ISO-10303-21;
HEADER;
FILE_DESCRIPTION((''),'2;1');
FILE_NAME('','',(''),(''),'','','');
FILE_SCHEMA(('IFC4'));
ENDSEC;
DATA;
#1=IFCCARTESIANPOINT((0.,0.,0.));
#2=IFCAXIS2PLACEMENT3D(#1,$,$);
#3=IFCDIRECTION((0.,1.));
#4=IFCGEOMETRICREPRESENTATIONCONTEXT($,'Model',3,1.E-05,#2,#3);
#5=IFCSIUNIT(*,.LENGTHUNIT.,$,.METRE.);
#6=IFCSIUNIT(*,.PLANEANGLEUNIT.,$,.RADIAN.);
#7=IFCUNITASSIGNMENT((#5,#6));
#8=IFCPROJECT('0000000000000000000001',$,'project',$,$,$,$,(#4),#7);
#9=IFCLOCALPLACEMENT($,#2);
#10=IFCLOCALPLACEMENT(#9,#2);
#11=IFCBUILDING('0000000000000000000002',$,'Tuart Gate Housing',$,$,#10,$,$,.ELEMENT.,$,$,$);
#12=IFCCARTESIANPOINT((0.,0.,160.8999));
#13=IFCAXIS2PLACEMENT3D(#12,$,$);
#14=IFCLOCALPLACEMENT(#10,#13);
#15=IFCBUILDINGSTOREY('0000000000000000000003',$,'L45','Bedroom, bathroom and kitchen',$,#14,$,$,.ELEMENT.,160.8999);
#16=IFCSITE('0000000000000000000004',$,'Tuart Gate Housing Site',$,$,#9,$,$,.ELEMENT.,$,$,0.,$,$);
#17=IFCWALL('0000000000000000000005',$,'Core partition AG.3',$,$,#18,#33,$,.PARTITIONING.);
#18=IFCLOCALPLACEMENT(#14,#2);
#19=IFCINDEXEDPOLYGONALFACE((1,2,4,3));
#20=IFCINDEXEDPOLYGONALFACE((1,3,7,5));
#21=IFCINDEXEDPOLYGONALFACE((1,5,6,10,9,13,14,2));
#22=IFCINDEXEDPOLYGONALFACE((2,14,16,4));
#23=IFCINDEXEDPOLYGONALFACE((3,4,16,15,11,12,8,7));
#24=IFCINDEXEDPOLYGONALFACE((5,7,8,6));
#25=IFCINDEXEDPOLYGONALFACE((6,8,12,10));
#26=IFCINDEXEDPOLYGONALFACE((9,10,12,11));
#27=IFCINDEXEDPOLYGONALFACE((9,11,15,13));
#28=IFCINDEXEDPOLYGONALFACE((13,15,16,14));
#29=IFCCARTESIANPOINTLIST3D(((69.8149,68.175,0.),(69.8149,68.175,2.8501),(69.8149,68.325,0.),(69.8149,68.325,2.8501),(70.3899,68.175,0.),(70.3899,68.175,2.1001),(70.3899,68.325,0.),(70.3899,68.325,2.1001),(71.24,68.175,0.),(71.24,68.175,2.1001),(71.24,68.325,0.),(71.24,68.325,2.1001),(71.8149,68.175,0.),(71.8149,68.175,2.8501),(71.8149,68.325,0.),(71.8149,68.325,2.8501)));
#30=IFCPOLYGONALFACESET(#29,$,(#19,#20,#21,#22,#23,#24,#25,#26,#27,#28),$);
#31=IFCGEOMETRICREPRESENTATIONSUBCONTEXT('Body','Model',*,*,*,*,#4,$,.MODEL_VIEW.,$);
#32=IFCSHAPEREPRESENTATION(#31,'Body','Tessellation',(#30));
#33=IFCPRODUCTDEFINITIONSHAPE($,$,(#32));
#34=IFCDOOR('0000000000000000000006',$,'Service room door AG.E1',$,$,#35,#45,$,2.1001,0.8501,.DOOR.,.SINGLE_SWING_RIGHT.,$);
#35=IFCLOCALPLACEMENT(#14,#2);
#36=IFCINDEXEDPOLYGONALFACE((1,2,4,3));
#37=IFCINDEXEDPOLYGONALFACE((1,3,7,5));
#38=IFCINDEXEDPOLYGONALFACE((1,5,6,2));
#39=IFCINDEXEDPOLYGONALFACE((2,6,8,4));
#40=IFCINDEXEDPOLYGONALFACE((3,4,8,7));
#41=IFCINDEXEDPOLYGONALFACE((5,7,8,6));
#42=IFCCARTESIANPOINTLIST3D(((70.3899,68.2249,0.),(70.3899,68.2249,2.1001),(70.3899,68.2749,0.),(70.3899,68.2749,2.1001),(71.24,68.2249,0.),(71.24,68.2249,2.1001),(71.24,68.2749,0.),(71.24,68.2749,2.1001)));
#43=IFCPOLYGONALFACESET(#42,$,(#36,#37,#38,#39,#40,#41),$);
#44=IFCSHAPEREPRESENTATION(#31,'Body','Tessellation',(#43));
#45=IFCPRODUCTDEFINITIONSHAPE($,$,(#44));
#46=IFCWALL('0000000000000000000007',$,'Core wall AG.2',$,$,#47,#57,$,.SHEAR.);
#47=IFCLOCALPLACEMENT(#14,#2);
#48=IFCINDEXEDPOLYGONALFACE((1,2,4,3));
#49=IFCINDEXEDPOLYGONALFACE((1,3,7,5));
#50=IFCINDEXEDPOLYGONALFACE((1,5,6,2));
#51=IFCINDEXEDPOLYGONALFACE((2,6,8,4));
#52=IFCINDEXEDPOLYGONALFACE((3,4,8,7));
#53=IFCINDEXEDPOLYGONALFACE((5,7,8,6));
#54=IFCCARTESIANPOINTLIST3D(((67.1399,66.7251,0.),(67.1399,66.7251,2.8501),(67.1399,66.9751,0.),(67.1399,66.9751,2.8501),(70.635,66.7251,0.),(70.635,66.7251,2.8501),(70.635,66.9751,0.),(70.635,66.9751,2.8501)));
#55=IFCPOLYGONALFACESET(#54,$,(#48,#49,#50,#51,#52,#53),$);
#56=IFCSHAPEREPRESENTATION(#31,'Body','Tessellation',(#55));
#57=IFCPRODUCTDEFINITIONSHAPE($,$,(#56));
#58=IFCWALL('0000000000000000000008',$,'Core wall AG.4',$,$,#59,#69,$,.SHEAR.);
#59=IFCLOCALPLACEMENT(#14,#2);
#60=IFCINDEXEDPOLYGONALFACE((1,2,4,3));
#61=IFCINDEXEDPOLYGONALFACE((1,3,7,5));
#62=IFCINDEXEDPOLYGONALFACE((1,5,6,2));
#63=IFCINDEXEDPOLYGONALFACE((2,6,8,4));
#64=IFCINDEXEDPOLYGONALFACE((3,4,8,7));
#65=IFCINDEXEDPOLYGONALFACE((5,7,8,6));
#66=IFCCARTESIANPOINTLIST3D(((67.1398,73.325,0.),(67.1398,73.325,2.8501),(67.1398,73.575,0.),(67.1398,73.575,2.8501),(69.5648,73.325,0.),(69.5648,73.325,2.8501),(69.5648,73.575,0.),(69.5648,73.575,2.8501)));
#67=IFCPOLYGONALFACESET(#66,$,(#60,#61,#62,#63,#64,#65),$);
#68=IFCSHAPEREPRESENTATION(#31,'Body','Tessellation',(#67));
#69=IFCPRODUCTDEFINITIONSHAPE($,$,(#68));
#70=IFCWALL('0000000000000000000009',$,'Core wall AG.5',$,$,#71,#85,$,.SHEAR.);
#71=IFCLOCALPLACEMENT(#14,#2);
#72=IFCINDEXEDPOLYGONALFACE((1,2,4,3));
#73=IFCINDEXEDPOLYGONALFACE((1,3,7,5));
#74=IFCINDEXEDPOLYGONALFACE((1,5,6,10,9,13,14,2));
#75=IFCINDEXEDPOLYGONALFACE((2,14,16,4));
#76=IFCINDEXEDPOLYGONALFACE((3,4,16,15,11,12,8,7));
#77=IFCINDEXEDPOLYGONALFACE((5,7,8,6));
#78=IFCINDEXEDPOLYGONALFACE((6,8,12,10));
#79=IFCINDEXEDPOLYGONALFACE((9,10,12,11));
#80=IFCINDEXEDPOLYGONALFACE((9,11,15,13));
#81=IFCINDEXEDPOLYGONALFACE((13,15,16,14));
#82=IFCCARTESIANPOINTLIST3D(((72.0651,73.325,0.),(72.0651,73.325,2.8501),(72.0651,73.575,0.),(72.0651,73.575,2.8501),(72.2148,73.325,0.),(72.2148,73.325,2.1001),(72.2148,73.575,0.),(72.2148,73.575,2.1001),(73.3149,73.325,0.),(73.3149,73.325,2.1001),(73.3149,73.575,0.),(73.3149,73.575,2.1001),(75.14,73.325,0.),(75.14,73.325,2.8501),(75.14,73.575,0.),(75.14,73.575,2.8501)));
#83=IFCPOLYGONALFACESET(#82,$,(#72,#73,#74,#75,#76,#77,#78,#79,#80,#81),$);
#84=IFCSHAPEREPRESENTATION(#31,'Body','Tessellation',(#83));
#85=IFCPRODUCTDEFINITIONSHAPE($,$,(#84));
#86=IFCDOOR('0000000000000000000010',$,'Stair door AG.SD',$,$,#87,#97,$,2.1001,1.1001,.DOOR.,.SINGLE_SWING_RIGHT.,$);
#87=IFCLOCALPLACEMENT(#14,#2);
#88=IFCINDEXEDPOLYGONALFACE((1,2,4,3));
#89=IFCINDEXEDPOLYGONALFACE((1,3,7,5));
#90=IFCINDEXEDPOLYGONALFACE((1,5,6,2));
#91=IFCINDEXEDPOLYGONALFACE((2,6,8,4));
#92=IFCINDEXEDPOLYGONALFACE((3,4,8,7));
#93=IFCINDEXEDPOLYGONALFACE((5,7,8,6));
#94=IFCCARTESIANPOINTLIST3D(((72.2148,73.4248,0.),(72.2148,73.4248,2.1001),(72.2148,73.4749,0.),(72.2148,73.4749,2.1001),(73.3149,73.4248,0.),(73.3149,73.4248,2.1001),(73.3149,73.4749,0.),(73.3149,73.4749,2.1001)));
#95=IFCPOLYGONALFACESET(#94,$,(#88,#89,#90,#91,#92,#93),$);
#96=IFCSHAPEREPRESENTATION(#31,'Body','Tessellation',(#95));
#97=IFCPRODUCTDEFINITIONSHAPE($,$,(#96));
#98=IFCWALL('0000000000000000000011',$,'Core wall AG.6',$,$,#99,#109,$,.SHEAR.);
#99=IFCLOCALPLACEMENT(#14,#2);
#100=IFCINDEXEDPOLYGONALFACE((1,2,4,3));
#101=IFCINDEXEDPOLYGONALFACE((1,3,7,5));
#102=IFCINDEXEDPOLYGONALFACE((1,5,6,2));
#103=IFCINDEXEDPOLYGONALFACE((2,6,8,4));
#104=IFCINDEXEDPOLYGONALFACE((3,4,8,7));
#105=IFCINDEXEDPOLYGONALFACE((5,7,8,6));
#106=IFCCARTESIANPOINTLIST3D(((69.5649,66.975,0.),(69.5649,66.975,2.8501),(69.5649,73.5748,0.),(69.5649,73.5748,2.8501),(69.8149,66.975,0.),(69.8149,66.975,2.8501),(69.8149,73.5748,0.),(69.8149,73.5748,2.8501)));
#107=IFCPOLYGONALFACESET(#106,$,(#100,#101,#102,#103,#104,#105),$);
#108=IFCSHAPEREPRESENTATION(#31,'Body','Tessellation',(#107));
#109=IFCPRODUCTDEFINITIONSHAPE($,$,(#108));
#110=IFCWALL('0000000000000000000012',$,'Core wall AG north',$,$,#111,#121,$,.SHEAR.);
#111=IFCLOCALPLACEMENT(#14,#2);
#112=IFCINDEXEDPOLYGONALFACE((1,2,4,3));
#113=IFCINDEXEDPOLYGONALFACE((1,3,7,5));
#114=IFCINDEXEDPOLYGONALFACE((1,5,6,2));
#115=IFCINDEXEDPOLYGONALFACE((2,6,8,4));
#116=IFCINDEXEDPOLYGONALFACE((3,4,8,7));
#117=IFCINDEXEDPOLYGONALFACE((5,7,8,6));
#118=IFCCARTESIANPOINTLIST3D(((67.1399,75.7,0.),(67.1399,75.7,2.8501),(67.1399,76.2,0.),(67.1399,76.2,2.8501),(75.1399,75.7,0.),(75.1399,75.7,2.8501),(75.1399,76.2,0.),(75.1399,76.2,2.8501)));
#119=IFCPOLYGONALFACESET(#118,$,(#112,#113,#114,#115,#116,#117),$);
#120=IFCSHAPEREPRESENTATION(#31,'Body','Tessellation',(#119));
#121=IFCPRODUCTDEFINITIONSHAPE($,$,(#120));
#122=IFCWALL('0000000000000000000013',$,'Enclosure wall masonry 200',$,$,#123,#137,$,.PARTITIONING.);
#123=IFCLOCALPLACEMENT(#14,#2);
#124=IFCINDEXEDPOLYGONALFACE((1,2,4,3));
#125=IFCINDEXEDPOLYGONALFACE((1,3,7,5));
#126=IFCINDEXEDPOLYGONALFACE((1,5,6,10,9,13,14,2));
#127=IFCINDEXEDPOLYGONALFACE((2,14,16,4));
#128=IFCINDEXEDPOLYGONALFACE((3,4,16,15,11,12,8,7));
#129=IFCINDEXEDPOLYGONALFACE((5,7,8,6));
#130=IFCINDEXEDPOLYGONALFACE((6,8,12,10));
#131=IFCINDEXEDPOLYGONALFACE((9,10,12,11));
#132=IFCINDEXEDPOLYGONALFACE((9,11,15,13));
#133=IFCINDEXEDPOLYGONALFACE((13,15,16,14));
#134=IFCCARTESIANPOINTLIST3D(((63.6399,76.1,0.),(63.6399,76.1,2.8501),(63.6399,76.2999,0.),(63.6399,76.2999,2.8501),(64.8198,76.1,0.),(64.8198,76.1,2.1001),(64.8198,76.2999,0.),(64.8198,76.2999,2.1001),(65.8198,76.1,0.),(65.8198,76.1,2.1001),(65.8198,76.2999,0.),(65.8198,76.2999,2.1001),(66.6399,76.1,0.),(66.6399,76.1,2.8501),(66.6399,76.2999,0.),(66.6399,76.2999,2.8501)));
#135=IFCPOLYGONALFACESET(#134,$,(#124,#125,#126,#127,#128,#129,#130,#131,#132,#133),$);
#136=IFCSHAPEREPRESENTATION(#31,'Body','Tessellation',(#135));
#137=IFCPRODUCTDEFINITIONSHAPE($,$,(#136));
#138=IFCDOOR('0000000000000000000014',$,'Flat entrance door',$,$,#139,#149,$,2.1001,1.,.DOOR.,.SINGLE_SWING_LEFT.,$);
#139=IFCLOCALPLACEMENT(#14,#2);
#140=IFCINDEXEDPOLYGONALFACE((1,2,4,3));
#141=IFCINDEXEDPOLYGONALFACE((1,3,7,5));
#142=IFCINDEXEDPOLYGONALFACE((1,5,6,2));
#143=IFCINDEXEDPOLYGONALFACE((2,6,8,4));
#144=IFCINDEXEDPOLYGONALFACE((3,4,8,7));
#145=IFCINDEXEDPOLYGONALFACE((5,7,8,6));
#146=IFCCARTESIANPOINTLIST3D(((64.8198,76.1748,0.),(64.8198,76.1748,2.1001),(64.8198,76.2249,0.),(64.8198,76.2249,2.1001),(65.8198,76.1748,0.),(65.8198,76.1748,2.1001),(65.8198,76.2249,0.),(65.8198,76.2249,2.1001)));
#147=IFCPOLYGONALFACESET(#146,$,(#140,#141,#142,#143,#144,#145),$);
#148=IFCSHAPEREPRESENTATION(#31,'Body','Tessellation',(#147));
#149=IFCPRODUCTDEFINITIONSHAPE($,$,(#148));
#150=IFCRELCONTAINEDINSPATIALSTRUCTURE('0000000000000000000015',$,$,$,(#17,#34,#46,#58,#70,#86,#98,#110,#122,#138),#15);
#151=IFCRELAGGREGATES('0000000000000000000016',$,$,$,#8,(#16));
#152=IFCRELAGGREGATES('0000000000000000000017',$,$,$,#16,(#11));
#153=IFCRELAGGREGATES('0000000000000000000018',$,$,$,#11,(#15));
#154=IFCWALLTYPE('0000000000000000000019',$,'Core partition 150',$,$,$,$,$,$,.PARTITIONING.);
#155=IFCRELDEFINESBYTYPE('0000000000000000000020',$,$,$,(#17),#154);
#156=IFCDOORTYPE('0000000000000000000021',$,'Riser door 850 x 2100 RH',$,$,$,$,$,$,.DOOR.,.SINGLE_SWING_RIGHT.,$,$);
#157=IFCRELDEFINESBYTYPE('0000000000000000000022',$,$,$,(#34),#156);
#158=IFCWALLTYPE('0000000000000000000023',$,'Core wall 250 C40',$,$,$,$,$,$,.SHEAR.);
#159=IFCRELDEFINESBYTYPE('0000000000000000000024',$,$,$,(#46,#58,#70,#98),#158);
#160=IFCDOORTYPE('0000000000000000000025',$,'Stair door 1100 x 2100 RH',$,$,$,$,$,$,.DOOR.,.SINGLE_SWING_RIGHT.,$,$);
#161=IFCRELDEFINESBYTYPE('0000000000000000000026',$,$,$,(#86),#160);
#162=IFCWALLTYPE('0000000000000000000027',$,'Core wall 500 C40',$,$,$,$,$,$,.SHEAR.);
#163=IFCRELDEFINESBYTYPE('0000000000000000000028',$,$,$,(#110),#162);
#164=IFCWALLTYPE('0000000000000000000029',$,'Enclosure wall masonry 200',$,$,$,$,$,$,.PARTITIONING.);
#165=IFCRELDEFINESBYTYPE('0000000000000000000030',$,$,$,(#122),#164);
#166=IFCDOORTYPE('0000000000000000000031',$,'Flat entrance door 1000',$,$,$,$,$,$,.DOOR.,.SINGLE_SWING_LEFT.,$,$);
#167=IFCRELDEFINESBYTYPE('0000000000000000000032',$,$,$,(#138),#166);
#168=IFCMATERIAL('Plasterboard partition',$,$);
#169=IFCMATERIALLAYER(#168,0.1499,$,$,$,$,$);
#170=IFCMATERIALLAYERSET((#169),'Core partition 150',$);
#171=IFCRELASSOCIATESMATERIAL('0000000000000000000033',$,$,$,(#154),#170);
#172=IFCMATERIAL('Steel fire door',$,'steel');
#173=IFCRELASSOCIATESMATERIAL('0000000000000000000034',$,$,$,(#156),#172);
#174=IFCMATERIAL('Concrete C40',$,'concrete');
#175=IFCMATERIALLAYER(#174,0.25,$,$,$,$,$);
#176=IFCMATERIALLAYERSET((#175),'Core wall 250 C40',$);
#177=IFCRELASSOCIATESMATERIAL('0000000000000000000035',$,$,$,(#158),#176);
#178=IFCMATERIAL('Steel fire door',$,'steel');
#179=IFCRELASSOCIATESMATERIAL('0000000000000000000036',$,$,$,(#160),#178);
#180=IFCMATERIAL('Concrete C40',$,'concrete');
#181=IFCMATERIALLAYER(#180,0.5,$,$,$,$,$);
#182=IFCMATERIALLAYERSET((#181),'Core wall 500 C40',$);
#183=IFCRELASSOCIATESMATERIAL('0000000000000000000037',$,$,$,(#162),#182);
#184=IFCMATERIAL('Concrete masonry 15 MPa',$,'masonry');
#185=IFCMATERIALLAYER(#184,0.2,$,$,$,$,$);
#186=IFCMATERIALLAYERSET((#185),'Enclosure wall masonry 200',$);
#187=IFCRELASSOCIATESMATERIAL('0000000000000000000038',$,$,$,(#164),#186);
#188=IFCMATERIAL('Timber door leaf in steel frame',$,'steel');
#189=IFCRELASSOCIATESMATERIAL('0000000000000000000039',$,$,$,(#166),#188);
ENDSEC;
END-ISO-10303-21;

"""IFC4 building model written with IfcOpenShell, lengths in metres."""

from ifc_helpers import new_model, si_unit, direction, frame, frame_2d, origin, place, context, subcontext, project, spatial, rectangle, extrude, material, layer, layer_set, type_object, element, fill, save


model = new_model("IFC4")

# Units and contexts
model_context = context("Model", 3, precision=1e-05, world=origin(), true_north=direction((0.0, 1.0)))
body_context = subcontext(model_context, "Body", "Model", "MODEL_VIEW")
ifc_project = project(units=[si_unit("LENGTHUNIT", "METRE"), si_unit("PLANEANGLEUNIT", "RADIAN")], contexts=[model_context])

# Site, building, storey
site_placement = place(None, origin())
site = spatial("IfcSite", under=ifc_project, at=site_placement, Name="Tuart Gate Housing Site", CompositionType="ELEMENT", RefElevation=0.0)
building_placement = place(site_placement, origin())
building = spatial("IfcBuilding", under=site, at=building_placement, Name="Tuart Gate Housing", CompositionType="ELEMENT")
storey_placement = place(building_placement, frame((0.0, 0.0, 160.8999)))
storey = spatial("IfcBuildingStorey", under=building, at=storey_placement, Name="L45", Description="Bedroom, bathroom and kitchen", CompositionType="ELEMENT", Elevation=160.8999)

# Wall, opening, door
ifc_material_1 = material(Name="Plasterboard partition")
ifc_layer_1 = layer(ifc_material_1, 0.1499)
ifc_layer_set_1 = layer_set([ifc_layer_1], Name="Core partition 150")
wall_type_1 = type_object("IfcWallType", Name="Core partition 150", PredefinedType="PARTITIONING", material=ifc_layer_set_1)
wall_1_placement = place(storey_placement, frame((69.8149, 68.25, 0.0), z_axis=(0.0, 0.0, 1.0), x_axis=(1.0, 0.0, 0.0)))
wall_1 = element("IfcWall", 1, at=wall_1_placement, inside=storey, type_object=wall_type_1, Name="Core partition AG.3", PredefinedType="PARTITIONING", context=body_context, shape_type="SweptSolid", body=[
    extrude(rectangle(XDim=2.0, YDim=0.1499, at=frame_2d((1.0, 0.0))), origin(), (0.0, 0.0, 1.0), 2.8501),
])
opening_1_placement = place(wall_1_placement, frame((0.575, 0.0, 0.0)))
opening_1 = element("IfcOpeningElement", 2, at=opening_1_placement, cuts=wall_1, PredefinedType="OPENING", context=body_context, shape_type="SweptSolid", body=[
    extrude(rectangle(XDim=0.8501, YDim=2.1001, at=frame_2d((0.425, 1.05))), frame((0.0, 0.085, 0.0), z_axis=(0.0, -1.0, 0.0), x_axis=(1.0, 0.0, 0.0)), (0.0, 0.0, 1.0), 0.1699),
])
ifc_material_2 = material(Name="Steel fire door", Category="steel")
door_type_1 = type_object("IfcDoorType", Name="Riser door 850 x 2100 RH", OperationType="SINGLE_SWING_RIGHT", PredefinedType="DOOR", material=ifc_material_2)
door_1_placement = place(opening_1_placement, frame((0.8501, 0.0, 0.0), z_axis=(0.0, 0.0, 1.0), x_axis=(-1.0, 0.0, 0.0)))
door_1 = element("IfcDoor", 3, at=door_1_placement, inside=storey, type_object=door_type_1, Name="Service room door AG.E1", OperationType="SINGLE_SWING_RIGHT", OverallHeight=2.1001, OverallWidth=0.8501, PredefinedType="DOOR", context=body_context, shape_type="SweptSolid", body=[
    extrude(rectangle(XDim=0.8501, YDim=2.1001, at=frame_2d((0.425, 1.05))), frame((0.0, 0.0251, 0.0), z_axis=(0.0, -1.0, 0.0), x_axis=(1.0, 0.0, 0.0)), (0.0, 0.0, 1.0), 0.05),
])
fill(opening_1, door_1)

# Walls
ifc_material_3 = material(Name="Concrete C40", Category="concrete")
ifc_layer_2 = layer(ifc_material_3, 0.25)
ifc_layer_set_2 = layer_set([ifc_layer_2], Name="Core wall 250 C40")
wall_type_2 = type_object("IfcWallType", Name="Core wall 250 C40", PredefinedType="SHEAR", material=ifc_layer_set_2)
wall_2_placement = place(storey_placement, frame((67.1399, 66.8501, 0.0), z_axis=(0.0, 0.0, 1.0), x_axis=(1.0, 0.0, 0.0)))
element("IfcWall", 4, at=wall_2_placement, inside=storey, type_object=wall_type_2, Name="Core wall AG.2", PredefinedType="SHEAR", context=body_context, shape_type="SweptSolid", body=[
    extrude(rectangle(XDim=3.4951, YDim=0.25, at=frame_2d((1.7476, 0.0))), origin(), (0.0, 0.0, 1.0), 2.8501),
])
wall_3_placement = place(storey_placement, frame((67.1399, 73.45, 0.0), z_axis=(0.0, 0.0, 1.0), x_axis=(1.0, 0.0, 0.0)))
element("IfcWall", 5, at=wall_3_placement, inside=storey, type_object=wall_type_2, Name="Core wall AG.4", PredefinedType="SHEAR", context=body_context, shape_type="SweptSolid", body=[
    extrude(rectangle(XDim=2.425, YDim=0.25, at=frame_2d((1.2124, 0.0))), origin(), (0.0, 0.0, 1.0), 2.8501),
])

# Wall, opening, door
wall_4_placement = place(storey_placement, frame((72.0649, 73.45, 0.0), z_axis=(0.0, 0.0, 1.0), x_axis=(1.0, 0.0, 0.0)))
wall_4 = element("IfcWall", 6, at=wall_4_placement, inside=storey, type_object=wall_type_2, Name="Core wall AG.5", PredefinedType="SHEAR", context=body_context, shape_type="SweptSolid", body=[
    extrude(rectangle(XDim=3.075, YDim=0.25, at=frame_2d((1.5376, 0.0))), origin(), (0.0, 0.0, 1.0), 2.8501),
])
opening_2_placement = place(wall_4_placement, frame((0.1499, 0.0, 0.0)))
opening_2 = element("IfcOpeningElement", 7, at=opening_2_placement, cuts=wall_4, PredefinedType="OPENING", context=body_context, shape_type="SweptSolid", body=[
    extrude(rectangle(XDim=1.1001, YDim=2.1001, at=frame_2d((0.55, 1.05))), frame((0.0, 0.135, 0.0), z_axis=(0.0, -1.0, 0.0), x_axis=(1.0, 0.0, 0.0)), (0.0, 0.0, 1.0), 0.27),
])
ifc_material_4 = material(Name="Steel fire door", Category="steel")
door_type_2 = type_object("IfcDoorType", Name="Stair door 1100 x 2100 RH", OperationType="SINGLE_SWING_RIGHT", PredefinedType="DOOR", material=ifc_material_4)
door_2_placement = place(opening_2_placement, frame((1.1001, 0.0, 0.0), z_axis=(0.0, 0.0, 1.0), x_axis=(-1.0, 0.0, 0.0)))
door_2 = element("IfcDoor", 8, at=door_2_placement, inside=storey, type_object=door_type_2, Name="Stair door AG.SD", OperationType="SINGLE_SWING_RIGHT", OverallHeight=2.1001, OverallWidth=1.1001, PredefinedType="DOOR", context=body_context, shape_type="SweptSolid", body=[
    extrude(rectangle(XDim=1.1001, YDim=2.1001, at=frame_2d((0.55, 1.05))), frame((0.0, 0.0251, 0.0), z_axis=(0.0, -1.0, 0.0), x_axis=(1.0, 0.0, 0.0)), (0.0, 0.0, 1.0), 0.05),
])
fill(opening_2, door_2)

# Walls
wall_5_placement = place(storey_placement, frame((69.6899, 66.9751, 0.0), z_axis=(0.0, 0.0, 1.0), x_axis=(0.0, 1.0, 0.0)))
element("IfcWall", 9, at=wall_5_placement, inside=storey, type_object=wall_type_2, Name="Core wall AG.6", PredefinedType="SHEAR", context=body_context, shape_type="SweptSolid", body=[
    extrude(rectangle(XDim=6.5999, YDim=0.25, at=frame_2d((3.2998, 0.0))), origin(), (0.0, 0.0, 1.0), 2.8501),
])
ifc_material_5 = material(Name="Concrete C40", Category="concrete")
ifc_layer_3 = layer(ifc_material_5, 0.5)
ifc_layer_set_3 = layer_set([ifc_layer_3], Name="Core wall 500 C40")
wall_type_3 = type_object("IfcWallType", Name="Core wall 500 C40", PredefinedType="SHEAR", material=ifc_layer_set_3)
wall_6_placement = place(storey_placement, frame((67.1399, 75.95, 0.0), z_axis=(0.0, 0.0, 1.0), x_axis=(1.0, 0.0, 0.0)))
element("IfcWall", 10, at=wall_6_placement, inside=storey, type_object=wall_type_3, Name="Core wall AG north", PredefinedType="SHEAR", context=body_context, shape_type="SweptSolid", body=[
    extrude(rectangle(XDim=8.0, YDim=0.5, at=frame_2d((4.0, 0.0))), origin(), (0.0, 0.0, 1.0), 2.8501),
])

# Wall, opening, door
ifc_material_6 = material(Name="Concrete masonry 15 MPa", Category="masonry")
ifc_layer_4 = layer(ifc_material_6, 0.2)
ifc_layer_set_4 = layer_set([ifc_layer_4], Name="Enclosure wall masonry 200")
wall_type_4 = type_object("IfcWallType", Name="Enclosure wall masonry 200", PredefinedType="PARTITIONING", material=ifc_layer_set_4)
wall_7_placement = place(storey_placement, frame((63.6399, 76.2, 0.0), z_axis=(0.0, 0.0, 1.0), x_axis=(1.0, 0.0, 0.0)))
wall_7 = element("IfcWall", 11, at=wall_7_placement, inside=storey, type_object=wall_type_4, Name="Enclosure wall masonry 200", PredefinedType="PARTITIONING", context=body_context, shape_type="SweptSolid", body=[
    extrude(rectangle(XDim=3.0, YDim=0.2, at=frame_2d((1.5, 0.0))), origin(), (0.0, 0.0, 1.0), 2.8501),
])
opening_3_placement = place(wall_7_placement, frame((1.1799, 0.0, 0.0)))
opening_3 = element("IfcOpeningElement", 12, at=opening_3_placement, cuts=wall_7, PredefinedType="OPENING", context=body_context, shape_type="SweptSolid", body=[
    extrude(rectangle(XDim=1.0, YDim=2.1001, at=frame_2d((0.5, 1.05))), frame((0.0, 0.1099, 0.0), z_axis=(0.0, -1.0, 0.0), x_axis=(1.0, 0.0, 0.0)), (0.0, 0.0, 1.0), 0.22),
])
ifc_material_7 = material(Name="Timber door leaf in steel frame", Category="steel")
door_type_3 = type_object("IfcDoorType", Name="Flat entrance door 1000", OperationType="SINGLE_SWING_LEFT", PredefinedType="DOOR", material=ifc_material_7)
door_3_placement = place(opening_3_placement, origin())
door_3 = element("IfcDoor", 13, at=door_3_placement, inside=storey, type_object=door_type_3, Name="Flat entrance door", OperationType="SINGLE_SWING_LEFT", OverallHeight=2.1001, OverallWidth=1.0, PredefinedType="DOOR", context=body_context, shape_type="SweptSolid", body=[
    extrude(rectangle(XDim=1.0, YDim=2.1001, at=frame_2d((0.5, 1.05))), frame((0.0, 0.0249, 0.0), z_axis=(0.0, -1.0, 0.0), x_axis=(1.0, 0.0, 0.0)), (0.0, 0.0, 1.0), 0.05),
])
fill(opening_3, door_3)

save(model, "model.ifc")
